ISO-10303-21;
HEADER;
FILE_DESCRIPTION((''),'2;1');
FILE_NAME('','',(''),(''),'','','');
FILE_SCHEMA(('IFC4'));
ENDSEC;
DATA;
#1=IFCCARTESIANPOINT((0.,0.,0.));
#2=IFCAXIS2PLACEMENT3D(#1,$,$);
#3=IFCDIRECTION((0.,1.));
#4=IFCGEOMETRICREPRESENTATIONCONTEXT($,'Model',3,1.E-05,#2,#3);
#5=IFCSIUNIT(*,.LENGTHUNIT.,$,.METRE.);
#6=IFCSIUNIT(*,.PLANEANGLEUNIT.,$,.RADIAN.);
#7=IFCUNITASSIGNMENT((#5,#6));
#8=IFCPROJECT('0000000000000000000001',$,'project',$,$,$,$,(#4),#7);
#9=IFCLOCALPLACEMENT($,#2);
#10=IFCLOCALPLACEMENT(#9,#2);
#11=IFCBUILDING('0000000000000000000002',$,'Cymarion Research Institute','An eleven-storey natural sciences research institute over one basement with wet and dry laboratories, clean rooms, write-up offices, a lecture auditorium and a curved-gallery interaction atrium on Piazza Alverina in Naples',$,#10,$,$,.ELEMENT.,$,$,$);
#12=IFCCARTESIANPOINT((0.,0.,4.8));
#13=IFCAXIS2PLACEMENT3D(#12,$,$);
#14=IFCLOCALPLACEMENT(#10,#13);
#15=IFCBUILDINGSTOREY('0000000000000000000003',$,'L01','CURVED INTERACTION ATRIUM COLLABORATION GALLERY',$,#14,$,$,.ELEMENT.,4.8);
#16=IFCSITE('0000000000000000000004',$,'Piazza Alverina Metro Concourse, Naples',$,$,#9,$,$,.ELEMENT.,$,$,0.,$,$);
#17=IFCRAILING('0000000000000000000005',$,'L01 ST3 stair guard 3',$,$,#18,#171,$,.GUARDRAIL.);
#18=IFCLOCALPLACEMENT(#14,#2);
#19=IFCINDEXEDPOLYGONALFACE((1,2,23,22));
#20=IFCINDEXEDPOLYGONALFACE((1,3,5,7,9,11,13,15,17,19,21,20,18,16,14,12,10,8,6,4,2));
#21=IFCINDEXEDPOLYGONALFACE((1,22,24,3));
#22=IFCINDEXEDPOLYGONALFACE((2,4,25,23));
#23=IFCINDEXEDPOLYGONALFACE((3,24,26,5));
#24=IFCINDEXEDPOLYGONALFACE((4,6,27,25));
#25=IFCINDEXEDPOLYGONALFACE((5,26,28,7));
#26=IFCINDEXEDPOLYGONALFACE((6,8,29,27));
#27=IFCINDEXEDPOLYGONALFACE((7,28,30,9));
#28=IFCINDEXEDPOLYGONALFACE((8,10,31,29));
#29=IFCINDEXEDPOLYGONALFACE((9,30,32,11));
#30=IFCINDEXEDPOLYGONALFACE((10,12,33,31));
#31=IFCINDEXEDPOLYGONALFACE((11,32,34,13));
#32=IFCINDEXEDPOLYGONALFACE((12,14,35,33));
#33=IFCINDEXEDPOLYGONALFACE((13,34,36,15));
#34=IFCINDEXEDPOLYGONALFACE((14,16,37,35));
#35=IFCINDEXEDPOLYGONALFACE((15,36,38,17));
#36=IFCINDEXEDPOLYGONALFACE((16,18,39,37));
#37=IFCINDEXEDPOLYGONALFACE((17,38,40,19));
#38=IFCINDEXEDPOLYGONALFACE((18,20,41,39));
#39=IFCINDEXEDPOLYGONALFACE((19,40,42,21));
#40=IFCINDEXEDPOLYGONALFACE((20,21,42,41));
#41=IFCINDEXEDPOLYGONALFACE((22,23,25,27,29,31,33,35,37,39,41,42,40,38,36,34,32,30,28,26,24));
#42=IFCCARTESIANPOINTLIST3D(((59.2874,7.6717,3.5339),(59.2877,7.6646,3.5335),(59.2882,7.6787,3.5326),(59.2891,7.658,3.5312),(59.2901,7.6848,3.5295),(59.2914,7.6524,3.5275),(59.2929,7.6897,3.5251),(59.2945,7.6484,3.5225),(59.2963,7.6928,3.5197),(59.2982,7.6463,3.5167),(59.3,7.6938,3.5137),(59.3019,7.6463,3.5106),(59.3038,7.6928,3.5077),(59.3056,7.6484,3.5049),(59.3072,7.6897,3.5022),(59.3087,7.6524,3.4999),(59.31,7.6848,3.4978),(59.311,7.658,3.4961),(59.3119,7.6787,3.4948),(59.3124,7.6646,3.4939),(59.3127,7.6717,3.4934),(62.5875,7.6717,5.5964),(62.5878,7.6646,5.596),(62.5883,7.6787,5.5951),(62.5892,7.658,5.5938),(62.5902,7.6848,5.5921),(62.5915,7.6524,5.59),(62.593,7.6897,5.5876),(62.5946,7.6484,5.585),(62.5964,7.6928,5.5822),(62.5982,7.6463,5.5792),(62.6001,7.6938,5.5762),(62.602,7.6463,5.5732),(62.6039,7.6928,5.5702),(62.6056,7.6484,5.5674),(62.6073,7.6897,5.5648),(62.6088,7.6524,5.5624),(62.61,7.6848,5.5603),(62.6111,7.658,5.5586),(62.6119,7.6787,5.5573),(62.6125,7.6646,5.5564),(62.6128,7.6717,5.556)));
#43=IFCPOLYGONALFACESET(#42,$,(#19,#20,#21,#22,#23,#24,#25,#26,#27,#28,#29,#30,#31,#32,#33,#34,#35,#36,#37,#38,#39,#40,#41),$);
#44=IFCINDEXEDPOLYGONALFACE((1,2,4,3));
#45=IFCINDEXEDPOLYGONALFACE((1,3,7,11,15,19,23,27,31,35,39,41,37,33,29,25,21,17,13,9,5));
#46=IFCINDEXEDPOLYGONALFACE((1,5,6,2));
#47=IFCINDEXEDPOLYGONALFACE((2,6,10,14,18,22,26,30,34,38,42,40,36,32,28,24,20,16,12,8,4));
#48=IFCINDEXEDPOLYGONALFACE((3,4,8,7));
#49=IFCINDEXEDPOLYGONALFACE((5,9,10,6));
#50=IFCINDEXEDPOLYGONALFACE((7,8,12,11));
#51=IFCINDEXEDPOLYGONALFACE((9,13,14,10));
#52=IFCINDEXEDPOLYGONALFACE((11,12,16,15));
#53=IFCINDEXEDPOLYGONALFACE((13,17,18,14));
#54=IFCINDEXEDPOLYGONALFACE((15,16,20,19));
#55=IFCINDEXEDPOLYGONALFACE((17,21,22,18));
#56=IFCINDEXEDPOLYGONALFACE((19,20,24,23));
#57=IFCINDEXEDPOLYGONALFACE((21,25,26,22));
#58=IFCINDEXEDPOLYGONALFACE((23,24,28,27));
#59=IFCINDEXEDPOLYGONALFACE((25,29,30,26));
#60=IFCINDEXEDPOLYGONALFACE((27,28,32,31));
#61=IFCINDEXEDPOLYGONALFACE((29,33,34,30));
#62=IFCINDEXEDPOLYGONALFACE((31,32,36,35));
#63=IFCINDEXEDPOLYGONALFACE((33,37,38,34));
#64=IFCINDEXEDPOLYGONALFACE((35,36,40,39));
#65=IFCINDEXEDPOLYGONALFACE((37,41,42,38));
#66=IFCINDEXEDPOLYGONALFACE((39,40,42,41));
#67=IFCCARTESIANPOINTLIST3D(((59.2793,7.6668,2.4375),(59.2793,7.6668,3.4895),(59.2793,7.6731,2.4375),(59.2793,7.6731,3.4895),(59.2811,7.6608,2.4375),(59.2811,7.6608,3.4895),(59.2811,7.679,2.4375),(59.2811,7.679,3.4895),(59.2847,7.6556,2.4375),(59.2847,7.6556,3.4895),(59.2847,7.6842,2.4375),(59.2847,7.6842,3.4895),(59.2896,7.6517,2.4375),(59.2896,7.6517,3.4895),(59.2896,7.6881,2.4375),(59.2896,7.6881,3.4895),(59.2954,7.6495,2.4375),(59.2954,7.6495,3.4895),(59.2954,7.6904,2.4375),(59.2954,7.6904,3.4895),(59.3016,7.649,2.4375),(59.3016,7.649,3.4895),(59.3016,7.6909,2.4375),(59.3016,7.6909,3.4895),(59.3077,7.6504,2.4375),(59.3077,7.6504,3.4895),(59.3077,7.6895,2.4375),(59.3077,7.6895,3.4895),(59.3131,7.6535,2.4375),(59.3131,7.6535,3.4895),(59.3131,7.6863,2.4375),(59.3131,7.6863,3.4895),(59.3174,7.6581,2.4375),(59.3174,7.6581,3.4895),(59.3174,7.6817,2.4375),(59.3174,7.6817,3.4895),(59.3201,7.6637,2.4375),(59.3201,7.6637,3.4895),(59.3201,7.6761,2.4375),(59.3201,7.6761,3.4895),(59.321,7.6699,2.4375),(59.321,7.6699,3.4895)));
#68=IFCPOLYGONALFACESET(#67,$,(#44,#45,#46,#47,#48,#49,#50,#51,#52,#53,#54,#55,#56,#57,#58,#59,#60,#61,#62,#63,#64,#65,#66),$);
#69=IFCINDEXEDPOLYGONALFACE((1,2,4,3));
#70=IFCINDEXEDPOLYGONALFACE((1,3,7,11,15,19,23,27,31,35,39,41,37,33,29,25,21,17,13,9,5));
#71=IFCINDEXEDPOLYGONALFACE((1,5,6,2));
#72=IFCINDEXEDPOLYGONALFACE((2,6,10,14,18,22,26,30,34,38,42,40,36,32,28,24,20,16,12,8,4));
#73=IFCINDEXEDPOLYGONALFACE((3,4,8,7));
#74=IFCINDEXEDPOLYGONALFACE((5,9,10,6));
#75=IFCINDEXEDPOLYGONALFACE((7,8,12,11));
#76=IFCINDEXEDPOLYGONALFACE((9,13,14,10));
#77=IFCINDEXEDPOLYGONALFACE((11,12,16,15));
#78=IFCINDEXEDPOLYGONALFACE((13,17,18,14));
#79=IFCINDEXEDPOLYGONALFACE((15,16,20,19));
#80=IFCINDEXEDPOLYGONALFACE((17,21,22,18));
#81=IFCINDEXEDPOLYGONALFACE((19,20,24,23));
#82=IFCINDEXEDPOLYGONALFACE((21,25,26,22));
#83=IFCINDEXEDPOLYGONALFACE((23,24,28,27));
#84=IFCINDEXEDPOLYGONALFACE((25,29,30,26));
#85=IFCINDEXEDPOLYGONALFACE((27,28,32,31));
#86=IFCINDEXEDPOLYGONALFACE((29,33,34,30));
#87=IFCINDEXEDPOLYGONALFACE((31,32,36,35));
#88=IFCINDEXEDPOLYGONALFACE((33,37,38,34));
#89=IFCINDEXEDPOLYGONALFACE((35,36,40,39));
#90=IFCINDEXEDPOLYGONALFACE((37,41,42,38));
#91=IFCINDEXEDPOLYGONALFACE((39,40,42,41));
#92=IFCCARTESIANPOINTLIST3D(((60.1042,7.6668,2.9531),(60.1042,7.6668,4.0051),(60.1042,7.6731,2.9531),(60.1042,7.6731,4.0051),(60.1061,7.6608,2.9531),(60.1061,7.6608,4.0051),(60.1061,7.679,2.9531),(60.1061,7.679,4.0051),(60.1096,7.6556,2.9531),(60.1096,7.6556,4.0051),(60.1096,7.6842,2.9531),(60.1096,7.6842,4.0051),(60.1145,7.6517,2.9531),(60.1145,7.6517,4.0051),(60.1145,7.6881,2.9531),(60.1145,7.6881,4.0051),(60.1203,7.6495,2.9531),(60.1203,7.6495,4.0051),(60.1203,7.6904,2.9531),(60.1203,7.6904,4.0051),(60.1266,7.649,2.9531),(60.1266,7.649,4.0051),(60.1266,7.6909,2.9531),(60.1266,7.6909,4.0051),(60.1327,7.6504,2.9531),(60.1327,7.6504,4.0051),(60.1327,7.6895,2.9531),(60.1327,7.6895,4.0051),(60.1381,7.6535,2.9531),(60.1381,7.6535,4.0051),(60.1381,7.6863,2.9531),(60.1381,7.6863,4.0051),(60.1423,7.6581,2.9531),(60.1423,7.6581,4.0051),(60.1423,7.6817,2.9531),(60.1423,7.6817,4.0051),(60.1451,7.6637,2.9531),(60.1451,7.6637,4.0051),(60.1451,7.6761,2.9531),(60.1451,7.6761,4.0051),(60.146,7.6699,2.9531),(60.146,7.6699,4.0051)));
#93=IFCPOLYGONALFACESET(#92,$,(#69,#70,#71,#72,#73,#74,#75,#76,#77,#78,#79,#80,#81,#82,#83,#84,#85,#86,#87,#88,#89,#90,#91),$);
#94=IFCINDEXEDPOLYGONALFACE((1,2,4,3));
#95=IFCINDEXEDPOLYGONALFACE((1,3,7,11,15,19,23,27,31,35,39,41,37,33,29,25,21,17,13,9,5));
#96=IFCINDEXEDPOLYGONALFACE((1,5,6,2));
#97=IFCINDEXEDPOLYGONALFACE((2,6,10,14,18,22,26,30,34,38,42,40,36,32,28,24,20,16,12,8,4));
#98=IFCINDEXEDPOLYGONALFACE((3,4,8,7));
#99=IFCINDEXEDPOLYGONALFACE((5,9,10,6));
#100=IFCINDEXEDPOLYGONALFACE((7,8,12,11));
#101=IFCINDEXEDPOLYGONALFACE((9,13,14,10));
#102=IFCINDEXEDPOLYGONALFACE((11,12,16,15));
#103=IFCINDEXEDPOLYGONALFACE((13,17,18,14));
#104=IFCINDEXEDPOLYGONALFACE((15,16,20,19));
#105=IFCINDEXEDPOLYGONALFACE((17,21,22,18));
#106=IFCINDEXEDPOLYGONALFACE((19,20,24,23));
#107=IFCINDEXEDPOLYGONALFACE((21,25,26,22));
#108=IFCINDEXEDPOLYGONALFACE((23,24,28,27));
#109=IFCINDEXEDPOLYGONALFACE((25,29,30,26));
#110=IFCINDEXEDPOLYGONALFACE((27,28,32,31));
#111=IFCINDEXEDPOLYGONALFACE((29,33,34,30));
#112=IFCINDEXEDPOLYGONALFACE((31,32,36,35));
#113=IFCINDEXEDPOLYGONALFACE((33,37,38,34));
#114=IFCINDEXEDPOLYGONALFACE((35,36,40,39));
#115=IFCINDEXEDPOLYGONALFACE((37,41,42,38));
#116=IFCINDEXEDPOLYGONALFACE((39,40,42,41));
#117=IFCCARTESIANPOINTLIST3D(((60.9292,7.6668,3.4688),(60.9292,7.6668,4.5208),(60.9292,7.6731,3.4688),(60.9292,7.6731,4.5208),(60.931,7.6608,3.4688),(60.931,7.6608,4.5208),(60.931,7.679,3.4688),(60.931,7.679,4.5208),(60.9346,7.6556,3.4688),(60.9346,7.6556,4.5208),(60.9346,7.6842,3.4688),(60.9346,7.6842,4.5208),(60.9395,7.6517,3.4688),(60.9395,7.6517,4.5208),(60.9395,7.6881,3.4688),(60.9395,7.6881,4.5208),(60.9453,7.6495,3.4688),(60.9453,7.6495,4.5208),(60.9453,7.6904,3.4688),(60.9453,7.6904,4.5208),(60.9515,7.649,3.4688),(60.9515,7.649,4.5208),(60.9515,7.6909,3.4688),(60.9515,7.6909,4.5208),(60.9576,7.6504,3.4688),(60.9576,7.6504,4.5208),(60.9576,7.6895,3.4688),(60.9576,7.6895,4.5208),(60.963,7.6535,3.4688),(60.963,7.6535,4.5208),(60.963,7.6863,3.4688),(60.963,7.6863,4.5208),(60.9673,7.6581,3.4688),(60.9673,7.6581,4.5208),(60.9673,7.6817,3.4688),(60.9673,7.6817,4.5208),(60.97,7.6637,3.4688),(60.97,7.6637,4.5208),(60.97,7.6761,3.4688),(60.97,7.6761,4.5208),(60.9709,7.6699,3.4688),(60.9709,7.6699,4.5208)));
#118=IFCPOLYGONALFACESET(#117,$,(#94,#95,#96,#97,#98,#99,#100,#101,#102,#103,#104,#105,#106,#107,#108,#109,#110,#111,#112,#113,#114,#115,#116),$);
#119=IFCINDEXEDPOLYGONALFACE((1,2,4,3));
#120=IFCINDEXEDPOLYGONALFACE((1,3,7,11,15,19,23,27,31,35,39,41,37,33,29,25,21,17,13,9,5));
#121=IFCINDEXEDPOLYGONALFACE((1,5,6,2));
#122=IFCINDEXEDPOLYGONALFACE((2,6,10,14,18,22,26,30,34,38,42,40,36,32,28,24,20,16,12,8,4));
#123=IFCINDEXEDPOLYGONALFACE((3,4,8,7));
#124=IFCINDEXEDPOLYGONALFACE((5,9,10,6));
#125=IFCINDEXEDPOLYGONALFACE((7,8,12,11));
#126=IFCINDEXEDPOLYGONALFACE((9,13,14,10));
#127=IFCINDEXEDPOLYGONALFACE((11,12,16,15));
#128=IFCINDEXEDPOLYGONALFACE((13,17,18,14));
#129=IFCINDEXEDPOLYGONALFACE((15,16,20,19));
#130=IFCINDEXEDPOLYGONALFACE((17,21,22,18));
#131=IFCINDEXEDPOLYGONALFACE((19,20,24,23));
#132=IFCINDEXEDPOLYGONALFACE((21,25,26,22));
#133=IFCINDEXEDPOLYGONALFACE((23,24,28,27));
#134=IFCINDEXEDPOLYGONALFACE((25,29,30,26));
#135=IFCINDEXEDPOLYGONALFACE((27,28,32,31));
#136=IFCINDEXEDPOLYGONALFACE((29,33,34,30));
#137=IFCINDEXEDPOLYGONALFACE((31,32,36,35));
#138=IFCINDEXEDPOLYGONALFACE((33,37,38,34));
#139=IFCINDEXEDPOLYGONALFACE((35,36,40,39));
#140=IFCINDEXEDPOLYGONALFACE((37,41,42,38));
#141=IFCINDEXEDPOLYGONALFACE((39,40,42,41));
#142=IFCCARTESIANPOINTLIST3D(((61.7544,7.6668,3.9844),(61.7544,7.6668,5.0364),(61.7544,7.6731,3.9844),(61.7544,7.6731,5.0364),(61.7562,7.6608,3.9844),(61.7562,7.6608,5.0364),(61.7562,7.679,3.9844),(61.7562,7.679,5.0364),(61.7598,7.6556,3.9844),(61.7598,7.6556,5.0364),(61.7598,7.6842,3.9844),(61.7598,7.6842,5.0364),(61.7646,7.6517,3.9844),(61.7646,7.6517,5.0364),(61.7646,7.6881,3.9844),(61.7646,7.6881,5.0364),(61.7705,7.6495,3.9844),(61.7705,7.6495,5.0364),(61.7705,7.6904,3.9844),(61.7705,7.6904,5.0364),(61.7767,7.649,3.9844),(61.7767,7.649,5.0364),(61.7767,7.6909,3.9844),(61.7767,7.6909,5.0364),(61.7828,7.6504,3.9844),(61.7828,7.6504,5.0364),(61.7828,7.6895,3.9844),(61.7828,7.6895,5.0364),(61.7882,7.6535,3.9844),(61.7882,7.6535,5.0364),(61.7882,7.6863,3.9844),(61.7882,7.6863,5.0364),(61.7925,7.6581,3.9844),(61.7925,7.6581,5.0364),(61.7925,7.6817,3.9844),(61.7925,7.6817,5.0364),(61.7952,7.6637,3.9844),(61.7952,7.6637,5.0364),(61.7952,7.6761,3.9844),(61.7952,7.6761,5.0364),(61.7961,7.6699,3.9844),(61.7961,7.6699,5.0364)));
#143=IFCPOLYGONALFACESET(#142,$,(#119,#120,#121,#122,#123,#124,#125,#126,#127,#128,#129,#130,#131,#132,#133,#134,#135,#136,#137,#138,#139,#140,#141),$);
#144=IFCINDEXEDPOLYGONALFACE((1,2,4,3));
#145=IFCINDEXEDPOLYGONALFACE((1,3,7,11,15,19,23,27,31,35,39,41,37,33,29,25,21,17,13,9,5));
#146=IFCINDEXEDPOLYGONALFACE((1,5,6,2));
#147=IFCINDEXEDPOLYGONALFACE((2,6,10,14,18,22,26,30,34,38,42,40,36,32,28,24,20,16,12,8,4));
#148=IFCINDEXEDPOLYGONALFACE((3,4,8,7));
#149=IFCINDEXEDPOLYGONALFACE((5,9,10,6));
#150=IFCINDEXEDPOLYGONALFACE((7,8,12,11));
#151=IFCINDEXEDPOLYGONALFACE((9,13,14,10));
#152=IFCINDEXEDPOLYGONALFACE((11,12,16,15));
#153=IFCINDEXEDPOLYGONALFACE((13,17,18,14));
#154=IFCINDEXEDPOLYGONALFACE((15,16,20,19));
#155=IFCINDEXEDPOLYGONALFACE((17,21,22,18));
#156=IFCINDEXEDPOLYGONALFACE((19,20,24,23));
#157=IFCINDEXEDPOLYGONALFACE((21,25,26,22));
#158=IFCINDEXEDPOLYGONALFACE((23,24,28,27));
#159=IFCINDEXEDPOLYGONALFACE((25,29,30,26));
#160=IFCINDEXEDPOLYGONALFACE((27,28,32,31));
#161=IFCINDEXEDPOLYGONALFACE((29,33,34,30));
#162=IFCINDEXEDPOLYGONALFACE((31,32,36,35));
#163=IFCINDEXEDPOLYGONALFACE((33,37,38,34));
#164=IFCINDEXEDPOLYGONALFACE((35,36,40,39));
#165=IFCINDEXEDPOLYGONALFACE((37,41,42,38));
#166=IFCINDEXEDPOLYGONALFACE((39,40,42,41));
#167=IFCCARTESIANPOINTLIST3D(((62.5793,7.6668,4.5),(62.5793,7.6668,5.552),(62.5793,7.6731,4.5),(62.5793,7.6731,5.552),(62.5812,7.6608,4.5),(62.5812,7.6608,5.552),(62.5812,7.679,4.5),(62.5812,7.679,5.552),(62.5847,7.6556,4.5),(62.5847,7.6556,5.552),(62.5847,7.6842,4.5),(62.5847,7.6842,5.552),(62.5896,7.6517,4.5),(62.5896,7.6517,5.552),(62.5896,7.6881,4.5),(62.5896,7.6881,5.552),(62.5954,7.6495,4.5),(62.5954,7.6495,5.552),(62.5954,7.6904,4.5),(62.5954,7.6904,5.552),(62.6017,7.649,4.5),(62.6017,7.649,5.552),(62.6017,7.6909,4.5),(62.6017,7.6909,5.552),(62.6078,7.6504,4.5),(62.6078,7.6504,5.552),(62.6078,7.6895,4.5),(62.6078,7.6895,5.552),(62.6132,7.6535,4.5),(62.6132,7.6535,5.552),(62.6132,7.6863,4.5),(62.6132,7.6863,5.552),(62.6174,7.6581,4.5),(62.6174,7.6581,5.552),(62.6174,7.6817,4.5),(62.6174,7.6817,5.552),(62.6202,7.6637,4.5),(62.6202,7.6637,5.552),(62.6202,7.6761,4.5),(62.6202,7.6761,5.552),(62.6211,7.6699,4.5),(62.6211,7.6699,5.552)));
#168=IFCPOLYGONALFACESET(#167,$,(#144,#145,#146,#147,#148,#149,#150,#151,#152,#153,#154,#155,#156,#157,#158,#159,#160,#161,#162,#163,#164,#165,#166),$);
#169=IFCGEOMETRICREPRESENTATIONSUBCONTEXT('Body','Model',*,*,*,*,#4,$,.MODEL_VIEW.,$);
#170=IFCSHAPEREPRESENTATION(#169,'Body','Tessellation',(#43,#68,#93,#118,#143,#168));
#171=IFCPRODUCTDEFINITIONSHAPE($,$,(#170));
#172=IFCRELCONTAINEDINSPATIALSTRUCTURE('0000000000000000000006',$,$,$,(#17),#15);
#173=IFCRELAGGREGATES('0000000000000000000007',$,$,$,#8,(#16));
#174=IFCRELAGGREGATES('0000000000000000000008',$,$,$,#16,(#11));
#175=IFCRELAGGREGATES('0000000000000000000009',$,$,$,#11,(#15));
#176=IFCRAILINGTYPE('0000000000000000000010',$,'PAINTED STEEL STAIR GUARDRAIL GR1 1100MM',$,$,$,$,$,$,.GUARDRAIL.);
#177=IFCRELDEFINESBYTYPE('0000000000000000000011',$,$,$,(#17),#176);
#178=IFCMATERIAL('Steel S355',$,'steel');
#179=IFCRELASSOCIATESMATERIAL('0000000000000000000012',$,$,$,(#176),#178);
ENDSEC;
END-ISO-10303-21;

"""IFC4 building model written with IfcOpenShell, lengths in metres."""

from ifc_helpers import new_model, si_unit, direction, frame, origin, origin_2d, place, context, subcontext, project, spatial, circle, extrude, material, type_object, element, save


model = new_model("IFC4")

# Units and contexts
model_context = context("Model", 3, precision=1e-05, world=origin(), true_north=direction((0.0, 1.0)))
body_context = subcontext(model_context, "Body", "Model", "MODEL_VIEW")
ifc_project = project(units=[si_unit("LENGTHUNIT", "METRE"), si_unit("PLANEANGLEUNIT", "RADIAN")], contexts=[model_context])

# Site, building, storey
site_placement = place(None, origin())
site = spatial("IfcSite", under=ifc_project, at=site_placement, Name="Piazza Alverina Metro Concourse, Naples", CompositionType="ELEMENT", RefElevation=0.0)
building_placement = place(site_placement, origin())
building = spatial("IfcBuilding", under=site, at=building_placement, Name="Cymarion Research Institute", Description="An eleven-storey natural sciences research institute over one basement with wet and dry laboratories, clean rooms, write-up offices, a lecture auditorium and a curved-gallery interaction atrium on Piazza Alverina in Naples", CompositionType="ELEMENT")
storey_placement = place(building_placement, frame((0.0, 0.0, 4.8)))
storey = spatial("IfcBuildingStorey", under=building, at=storey_placement, Name="L01", Description="CURVED INTERACTION ATRIUM COLLABORATION GALLERY", CompositionType="ELEMENT", Elevation=4.8)

# Shared definitions
ifc_material_1 = material(Name="Steel S355", Category="steel")

# Railing
railing_type_1 = type_object("IfcRailingType", Name="PAINTED STEEL STAIR GUARDRAIL GR1 1100MM", PredefinedType="GUARDRAIL", material=ifc_material_1)
railing_1_placement = place(storey_placement, frame((59.3, 7.6699, 2.4375)))
element("IfcRailing", 1, at=railing_1_placement, inside=storey, type_object=railing_type_1, Name="L01 ST3 stair guard 3", PredefinedType="GUARDRAIL", context=body_context, shape_type="SweptSolid", body=[
    extrude(circle(Radius=0.0239, at=origin_2d()), frame((0.0, 0.0, 1.0762), z_axis=(0.848002, 0.0, 0.529993), x_axis=(0.0, 1.0, 0.0)), (0.0, 0.0, 1.0), 3.8916),
    extrude(circle(Radius=0.021, at=origin_2d()), origin(), (0.0, 0.0, 1.0), 1.052),
    extrude(circle(Radius=0.021, at=origin_2d()), frame((0.825, 0.0, 0.5156)), (0.0, 0.0, 1.0), 1.052),
    extrude(circle(Radius=0.021, at=origin_2d()), frame((1.6499, 0.0, 1.0312)), (0.0, 0.0, 1.0), 1.052),
    extrude(circle(Radius=0.021, at=origin_2d()), frame((2.4751, 0.0, 1.5469)), (0.0, 0.0, 1.0), 1.052),
    extrude(circle(Radius=0.021, at=origin_2d()), frame((3.3, 0.0, 2.0625)), (0.0, 0.0, 1.0), 1.052),
])

save(model, "model.ifc")
